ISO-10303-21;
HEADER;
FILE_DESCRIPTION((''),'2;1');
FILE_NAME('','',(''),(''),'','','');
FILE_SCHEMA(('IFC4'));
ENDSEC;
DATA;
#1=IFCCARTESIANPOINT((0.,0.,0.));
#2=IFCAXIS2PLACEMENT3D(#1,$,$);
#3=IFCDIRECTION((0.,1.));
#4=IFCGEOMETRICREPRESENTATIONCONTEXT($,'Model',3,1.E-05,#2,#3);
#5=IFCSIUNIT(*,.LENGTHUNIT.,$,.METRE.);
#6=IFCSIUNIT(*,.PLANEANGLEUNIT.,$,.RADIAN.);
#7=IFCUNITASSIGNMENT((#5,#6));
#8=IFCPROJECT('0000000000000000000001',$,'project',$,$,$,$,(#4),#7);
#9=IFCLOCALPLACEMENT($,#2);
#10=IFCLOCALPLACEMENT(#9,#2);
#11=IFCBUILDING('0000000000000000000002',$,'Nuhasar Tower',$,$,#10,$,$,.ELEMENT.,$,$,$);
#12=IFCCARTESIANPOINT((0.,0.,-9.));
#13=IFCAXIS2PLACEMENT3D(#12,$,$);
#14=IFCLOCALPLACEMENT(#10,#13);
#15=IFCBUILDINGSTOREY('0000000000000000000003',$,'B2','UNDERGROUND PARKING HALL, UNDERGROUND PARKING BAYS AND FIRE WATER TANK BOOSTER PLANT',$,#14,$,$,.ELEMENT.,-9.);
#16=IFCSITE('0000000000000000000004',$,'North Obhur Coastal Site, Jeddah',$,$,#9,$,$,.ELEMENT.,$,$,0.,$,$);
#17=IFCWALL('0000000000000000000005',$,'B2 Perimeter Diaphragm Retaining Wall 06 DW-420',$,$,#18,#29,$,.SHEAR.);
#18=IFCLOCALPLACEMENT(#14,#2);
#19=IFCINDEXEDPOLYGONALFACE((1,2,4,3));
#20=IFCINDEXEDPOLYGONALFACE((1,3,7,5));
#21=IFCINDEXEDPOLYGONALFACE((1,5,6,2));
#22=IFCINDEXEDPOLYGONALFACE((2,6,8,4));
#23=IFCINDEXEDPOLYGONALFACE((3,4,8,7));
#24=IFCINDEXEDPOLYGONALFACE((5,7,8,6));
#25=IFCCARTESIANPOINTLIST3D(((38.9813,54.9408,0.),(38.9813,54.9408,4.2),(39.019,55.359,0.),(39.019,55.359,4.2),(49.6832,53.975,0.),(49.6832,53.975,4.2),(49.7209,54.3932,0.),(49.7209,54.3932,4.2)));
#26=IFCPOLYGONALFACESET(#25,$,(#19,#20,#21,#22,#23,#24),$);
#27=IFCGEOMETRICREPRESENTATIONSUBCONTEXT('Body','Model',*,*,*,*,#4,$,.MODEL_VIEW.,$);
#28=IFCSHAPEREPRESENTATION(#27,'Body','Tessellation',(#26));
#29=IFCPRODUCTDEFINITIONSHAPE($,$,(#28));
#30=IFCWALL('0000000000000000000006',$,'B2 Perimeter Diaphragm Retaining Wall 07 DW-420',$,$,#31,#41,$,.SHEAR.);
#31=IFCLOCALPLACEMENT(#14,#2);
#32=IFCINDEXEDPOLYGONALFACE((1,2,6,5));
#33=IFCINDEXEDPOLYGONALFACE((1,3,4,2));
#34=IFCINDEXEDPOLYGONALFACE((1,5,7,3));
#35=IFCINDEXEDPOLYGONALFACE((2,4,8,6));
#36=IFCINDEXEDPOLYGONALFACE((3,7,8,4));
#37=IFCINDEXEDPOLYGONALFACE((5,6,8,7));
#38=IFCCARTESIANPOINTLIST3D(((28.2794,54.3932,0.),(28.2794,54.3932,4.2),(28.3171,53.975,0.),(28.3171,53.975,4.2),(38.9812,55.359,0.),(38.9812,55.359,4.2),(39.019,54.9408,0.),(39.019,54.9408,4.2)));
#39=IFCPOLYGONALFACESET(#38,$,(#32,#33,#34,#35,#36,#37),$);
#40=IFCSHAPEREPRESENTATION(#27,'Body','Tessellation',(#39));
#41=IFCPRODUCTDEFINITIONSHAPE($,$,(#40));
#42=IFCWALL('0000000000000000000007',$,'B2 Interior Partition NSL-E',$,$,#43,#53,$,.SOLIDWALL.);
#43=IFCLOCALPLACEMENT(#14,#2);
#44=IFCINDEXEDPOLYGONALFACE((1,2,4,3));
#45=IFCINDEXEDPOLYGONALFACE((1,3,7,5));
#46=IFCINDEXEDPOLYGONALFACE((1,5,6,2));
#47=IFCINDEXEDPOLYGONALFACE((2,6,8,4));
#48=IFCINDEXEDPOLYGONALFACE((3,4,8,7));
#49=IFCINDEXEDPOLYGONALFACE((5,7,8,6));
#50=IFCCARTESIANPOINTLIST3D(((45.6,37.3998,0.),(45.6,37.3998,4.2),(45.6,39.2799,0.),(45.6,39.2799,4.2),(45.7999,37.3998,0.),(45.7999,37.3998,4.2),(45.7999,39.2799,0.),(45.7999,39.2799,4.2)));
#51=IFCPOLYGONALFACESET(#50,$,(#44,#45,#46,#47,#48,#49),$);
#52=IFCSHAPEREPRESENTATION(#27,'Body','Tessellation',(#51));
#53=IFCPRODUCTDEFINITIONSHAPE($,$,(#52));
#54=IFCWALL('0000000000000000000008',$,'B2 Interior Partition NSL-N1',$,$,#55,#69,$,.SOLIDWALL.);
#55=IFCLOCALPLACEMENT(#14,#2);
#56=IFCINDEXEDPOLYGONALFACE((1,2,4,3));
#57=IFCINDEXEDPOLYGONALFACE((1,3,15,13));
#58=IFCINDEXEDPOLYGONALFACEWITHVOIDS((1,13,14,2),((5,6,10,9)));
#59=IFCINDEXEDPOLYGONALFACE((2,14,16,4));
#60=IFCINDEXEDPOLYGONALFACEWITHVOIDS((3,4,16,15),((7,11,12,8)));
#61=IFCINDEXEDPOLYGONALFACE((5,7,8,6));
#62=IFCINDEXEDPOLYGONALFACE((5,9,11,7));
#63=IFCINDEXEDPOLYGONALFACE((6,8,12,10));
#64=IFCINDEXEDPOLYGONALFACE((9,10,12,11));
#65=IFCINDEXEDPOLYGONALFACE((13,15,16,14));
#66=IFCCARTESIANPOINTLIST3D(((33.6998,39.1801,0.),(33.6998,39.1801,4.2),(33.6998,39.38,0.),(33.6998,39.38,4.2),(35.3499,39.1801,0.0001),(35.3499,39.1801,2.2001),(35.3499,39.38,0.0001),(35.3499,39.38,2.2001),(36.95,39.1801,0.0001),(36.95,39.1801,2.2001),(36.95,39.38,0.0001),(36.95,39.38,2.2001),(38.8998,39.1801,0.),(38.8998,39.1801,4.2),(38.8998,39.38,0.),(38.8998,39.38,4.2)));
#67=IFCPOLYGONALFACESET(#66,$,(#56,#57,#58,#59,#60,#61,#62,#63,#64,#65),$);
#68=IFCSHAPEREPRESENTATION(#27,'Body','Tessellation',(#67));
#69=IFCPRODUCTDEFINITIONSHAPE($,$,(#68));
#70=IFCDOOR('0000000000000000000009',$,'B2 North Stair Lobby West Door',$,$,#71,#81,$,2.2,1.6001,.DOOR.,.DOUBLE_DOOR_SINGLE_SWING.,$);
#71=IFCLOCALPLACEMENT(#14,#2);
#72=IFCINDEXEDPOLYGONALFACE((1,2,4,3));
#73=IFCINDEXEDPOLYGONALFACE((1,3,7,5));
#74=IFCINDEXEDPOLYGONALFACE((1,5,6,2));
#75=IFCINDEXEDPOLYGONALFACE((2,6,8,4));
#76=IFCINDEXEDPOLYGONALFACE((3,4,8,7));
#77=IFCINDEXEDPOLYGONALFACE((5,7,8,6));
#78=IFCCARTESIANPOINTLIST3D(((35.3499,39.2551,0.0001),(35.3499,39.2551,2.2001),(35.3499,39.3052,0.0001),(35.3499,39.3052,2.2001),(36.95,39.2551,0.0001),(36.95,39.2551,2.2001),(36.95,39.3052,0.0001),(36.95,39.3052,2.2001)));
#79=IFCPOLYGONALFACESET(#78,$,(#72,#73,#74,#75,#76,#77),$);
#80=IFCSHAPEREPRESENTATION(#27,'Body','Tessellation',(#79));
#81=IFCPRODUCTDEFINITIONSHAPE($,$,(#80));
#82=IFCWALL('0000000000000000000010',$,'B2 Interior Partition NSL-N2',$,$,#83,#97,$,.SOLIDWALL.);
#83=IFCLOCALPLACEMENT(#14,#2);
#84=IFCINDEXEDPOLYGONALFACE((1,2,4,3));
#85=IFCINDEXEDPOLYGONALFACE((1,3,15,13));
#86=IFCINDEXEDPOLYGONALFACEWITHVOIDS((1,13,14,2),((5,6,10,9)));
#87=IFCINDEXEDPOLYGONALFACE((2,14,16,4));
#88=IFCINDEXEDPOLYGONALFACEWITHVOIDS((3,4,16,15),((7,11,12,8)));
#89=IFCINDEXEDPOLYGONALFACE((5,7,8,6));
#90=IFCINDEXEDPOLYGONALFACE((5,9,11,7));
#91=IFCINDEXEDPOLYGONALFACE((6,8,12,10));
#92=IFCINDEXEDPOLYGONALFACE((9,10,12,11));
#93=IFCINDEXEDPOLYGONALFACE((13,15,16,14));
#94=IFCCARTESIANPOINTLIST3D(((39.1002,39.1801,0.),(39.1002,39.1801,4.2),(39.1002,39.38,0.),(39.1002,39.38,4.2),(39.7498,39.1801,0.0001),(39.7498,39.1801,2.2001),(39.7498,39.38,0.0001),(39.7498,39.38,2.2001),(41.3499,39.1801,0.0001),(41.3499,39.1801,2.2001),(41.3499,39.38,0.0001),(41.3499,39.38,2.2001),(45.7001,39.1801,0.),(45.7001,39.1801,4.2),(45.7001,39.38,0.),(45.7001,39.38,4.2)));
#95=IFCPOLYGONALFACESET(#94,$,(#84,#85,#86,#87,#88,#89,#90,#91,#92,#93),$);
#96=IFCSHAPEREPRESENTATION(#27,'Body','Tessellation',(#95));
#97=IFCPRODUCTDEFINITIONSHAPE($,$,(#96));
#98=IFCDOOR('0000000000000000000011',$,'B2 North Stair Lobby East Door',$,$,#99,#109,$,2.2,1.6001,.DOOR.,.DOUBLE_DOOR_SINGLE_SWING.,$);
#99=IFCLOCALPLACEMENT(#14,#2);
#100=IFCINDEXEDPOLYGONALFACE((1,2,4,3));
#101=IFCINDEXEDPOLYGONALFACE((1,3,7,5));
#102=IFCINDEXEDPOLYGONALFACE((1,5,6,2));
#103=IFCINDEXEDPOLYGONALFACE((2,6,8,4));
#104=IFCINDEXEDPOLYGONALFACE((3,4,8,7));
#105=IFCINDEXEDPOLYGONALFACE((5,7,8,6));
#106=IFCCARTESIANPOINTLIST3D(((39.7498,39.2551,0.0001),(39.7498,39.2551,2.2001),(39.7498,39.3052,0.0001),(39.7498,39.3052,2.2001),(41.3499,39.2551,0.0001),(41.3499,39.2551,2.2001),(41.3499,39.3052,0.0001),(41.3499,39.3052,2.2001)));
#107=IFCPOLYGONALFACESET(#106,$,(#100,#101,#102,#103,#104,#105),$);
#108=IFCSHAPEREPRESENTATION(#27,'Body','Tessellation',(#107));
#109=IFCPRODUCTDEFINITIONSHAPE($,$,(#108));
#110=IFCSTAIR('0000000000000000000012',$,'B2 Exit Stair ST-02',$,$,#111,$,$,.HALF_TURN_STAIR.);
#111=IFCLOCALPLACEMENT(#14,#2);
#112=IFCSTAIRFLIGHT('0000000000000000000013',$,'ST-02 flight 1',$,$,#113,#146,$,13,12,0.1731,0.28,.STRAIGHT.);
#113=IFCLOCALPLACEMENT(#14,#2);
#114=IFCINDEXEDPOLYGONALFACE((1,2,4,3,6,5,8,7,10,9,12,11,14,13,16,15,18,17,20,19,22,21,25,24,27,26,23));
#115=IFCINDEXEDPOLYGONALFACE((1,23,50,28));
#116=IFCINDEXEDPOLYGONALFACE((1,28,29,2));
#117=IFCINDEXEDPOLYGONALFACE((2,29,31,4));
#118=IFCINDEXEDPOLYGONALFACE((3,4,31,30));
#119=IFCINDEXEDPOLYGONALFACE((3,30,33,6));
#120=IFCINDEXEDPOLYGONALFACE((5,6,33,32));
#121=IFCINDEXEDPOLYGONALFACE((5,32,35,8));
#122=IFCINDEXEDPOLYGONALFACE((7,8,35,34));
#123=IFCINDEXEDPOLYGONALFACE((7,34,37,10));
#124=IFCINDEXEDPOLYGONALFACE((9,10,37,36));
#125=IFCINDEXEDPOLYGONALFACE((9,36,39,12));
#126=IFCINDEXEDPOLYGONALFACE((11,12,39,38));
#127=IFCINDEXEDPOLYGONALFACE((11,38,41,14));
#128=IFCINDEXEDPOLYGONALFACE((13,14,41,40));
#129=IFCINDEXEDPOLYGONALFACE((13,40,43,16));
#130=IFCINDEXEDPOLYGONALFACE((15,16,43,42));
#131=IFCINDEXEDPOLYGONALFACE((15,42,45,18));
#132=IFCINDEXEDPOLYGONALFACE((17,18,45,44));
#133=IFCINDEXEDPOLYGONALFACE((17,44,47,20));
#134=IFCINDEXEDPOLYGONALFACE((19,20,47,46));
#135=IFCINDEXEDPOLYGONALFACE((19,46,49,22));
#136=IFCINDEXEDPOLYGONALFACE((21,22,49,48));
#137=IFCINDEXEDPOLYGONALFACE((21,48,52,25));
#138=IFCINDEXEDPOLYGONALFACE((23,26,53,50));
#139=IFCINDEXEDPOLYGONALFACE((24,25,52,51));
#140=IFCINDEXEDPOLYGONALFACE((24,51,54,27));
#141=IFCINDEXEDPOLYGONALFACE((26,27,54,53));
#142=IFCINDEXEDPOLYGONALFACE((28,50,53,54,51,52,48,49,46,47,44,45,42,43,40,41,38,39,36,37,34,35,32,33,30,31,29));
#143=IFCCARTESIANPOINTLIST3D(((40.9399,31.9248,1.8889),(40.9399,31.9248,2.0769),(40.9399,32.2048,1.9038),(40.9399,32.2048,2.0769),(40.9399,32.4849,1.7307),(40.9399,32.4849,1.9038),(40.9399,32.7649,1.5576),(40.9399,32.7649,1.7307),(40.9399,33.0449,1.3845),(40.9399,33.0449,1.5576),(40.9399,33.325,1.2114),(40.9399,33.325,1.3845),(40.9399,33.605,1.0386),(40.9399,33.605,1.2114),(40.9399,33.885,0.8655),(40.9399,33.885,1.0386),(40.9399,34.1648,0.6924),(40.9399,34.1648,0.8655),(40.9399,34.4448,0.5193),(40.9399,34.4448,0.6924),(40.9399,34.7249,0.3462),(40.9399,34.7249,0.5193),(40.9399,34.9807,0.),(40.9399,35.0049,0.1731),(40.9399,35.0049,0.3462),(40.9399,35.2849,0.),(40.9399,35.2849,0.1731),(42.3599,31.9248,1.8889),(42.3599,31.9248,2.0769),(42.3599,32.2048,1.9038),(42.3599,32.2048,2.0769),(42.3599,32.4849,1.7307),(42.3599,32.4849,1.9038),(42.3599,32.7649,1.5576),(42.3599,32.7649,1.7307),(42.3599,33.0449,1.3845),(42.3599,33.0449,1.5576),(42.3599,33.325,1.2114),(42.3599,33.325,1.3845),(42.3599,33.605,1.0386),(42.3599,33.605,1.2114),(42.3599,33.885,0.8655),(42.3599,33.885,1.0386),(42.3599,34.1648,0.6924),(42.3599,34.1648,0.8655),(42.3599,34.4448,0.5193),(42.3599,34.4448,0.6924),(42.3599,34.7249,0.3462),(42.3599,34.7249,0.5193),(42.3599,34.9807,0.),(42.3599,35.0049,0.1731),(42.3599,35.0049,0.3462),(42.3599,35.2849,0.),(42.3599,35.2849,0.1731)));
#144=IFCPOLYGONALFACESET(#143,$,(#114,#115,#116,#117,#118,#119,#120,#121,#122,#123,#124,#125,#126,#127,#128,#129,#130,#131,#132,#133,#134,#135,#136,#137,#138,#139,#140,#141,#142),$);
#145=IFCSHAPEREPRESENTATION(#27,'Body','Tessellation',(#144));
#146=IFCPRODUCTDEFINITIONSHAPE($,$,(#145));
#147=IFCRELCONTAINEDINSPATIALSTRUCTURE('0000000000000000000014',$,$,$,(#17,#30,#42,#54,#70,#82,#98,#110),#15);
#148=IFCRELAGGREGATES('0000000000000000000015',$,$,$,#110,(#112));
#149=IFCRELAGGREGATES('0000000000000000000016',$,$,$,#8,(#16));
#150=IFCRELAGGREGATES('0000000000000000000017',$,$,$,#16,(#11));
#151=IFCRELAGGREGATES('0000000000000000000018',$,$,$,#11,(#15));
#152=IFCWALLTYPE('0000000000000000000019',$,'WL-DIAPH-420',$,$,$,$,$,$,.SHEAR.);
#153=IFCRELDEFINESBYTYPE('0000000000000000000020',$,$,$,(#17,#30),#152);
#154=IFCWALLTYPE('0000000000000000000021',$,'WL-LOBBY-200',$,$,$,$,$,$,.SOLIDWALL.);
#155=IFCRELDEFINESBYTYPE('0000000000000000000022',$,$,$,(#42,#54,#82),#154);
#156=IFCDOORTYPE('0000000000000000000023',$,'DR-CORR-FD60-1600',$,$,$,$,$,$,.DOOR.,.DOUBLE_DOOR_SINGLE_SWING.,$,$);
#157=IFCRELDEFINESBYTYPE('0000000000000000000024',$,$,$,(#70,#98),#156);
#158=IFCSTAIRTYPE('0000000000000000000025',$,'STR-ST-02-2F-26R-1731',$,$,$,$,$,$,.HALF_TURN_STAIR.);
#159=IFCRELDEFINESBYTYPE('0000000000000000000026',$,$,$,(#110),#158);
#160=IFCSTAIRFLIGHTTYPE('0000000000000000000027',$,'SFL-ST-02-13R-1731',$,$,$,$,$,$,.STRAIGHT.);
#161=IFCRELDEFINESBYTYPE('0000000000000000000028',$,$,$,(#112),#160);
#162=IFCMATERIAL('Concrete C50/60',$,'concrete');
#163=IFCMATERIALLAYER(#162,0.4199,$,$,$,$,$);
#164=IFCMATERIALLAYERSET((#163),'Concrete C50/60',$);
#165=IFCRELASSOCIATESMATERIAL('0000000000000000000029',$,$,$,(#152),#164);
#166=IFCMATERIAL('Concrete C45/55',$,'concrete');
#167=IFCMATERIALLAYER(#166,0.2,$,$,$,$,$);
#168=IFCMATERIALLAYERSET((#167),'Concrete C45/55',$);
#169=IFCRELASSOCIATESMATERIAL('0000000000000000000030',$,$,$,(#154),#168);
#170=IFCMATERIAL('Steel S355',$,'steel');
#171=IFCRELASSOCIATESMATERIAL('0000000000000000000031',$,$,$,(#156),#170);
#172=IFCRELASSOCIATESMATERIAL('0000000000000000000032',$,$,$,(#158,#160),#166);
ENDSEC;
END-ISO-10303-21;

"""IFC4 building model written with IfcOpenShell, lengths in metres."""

from ifc_helpers import new_model, si_unit, direction, frame, frame_2d, origin, place, context, subcontext, project, spatial, polyline, rectangle, outline, extrude, material, layer, layer_set, type_object, element, fill, aggregate, save


model = new_model("IFC4")

# Units and contexts
model_context = context("Model", 3, precision=1e-05, world=origin(), true_north=direction((0.0, 1.0)))
body_context = subcontext(model_context, "Body", "Model", "MODEL_VIEW")
ifc_project = project(units=[si_unit("LENGTHUNIT", "METRE"), si_unit("PLANEANGLEUNIT", "RADIAN")], contexts=[model_context])

# Site, building, storey
site_placement = place(None, origin())
site = spatial("IfcSite", under=ifc_project, at=site_placement, Name="North Obhur Coastal Site, Jeddah", CompositionType="ELEMENT", RefElevation=0.0)
building_placement = place(site_placement, origin())
building = spatial("IfcBuilding", under=site, at=building_placement, Name="Nuhasar Tower", CompositionType="ELEMENT")
storey_placement = place(building_placement, frame((0.0, 0.0, -9.0)))
storey = spatial("IfcBuildingStorey", under=building, at=storey_placement, Name="B2", Description="UNDERGROUND PARKING HALL, UNDERGROUND PARKING BAYS AND FIRE WATER TANK BOOSTER PLANT", CompositionType="ELEMENT", Elevation=-9.0)

# Shared definitions
ifc_material_1 = material(Name="Concrete C50/60", Category="concrete")

# Shared definitions
ifc_material_2 = material(Name="Steel S355", Category="steel")

# Walls
ifc_layer_1 = layer(ifc_material_1, 0.4199)
ifc_layer_set_1 = layer_set([ifc_layer_1], Name="Concrete C50/60")
wall_type_1 = type_object("IfcWallType", Name="WL-DIAPH-420", PredefinedType="SHEAR", material=ifc_layer_set_1)
for number, where, z_axis, x_axis, name in (
    (1, (49.7019, 54.1841, 0.0), (0.0, 0.0, 1.0), (-0.995952, 0.089882, 0.0), "B2 Perimeter Diaphragm Retaining Wall 06 DW-420"),
    (2, (39.0, 55.1499, 0.0), (0.0, 0.0, 1.0), (-0.995952, -0.089882, 0.0), "B2 Perimeter Diaphragm Retaining Wall 07 DW-420"),
):
    element("IfcWall", number, at=place(storey_placement, frame(where, z_axis=z_axis, x_axis=x_axis)), inside=storey, type_object=wall_type_1, Name=name, PredefinedType="SHEAR", context=body_context, shape_type="SweptSolid", body=[
        extrude(rectangle(XDim=10.7454, YDim=0.4199, at=frame_2d((5.3726, 0.0))), origin(), (0.0, 0.0, 1.0), 4.2),
    ])
ifc_material_3 = material(Name="Concrete C45/55", Category="concrete")
ifc_layer_2 = layer(ifc_material_3, 0.2)
ifc_layer_set_2 = layer_set([ifc_layer_2], Name="Concrete C45/55")
wall_type_2 = type_object("IfcWallType", Name="WL-LOBBY-200", PredefinedType="SOLIDWALL", material=ifc_layer_set_2)
wall_1_placement = place(storey_placement, frame((45.7, 37.3999, 0.0), z_axis=(0.0, 0.0, 1.0), x_axis=(0.0, 1.0, 0.0)))
element("IfcWall", 3, at=wall_1_placement, inside=storey, type_object=wall_type_2, Name="B2 Interior Partition NSL-E", PredefinedType="SOLIDWALL", context=body_context, shape_type="SweptSolid", body=[
    extrude(rectangle(XDim=1.8801, YDim=0.2, at=frame_2d((0.9399, 0.0))), origin(), (0.0, 0.0, 1.0), 4.2),
])

# Walls, openings, doors
wall_2_placement = place(storey_placement, frame((38.8999, 39.28, 0.0), z_axis=(0.0, 0.0, 1.0), x_axis=(-1.0, 0.0, 0.0)))
wall_2 = element("IfcWall", 4, at=wall_2_placement, inside=storey, type_object=wall_type_2, Name="B2 Interior Partition NSL-N1", PredefinedType="SOLIDWALL", context=body_context, shape_type="SweptSolid", body=[
    extrude(rectangle(XDim=5.2, YDim=0.2, at=frame_2d((2.6001, 0.0))), origin(), (0.0, 0.0, 1.0), 4.2),
])
opening_1_placement = place(wall_2_placement, frame((1.95, 0.0, 0.0)))
opening_1 = element("IfcOpeningElement", 5, at=opening_1_placement, cuts=wall_2, PredefinedType="OPENING", context=body_context, shape_type="SweptSolid", body=[
    extrude(rectangle(XDim=1.6001, YDim=2.2, at=frame_2d((0.8, 1.1001))), frame((0.0, 0.1099, 0.0), z_axis=(0.0, -1.0, 0.0), x_axis=(1.0, 0.0, 0.0)), (0.0, 0.0, 1.0), 0.22),
])
door_type_1 = type_object("IfcDoorType", Name="DR-CORR-FD60-1600", OperationType="DOUBLE_DOOR_SINGLE_SWING", PredefinedType="DOOR", material=ifc_material_2)
door_1_placement = place(opening_1_placement, origin())
door_1 = element("IfcDoor", 6, at=door_1_placement, inside=storey, type_object=door_type_1, Name="B2 North Stair Lobby West Door", OperationType="DOUBLE_DOOR_SINGLE_SWING", OverallHeight=2.2, OverallWidth=1.6001, PredefinedType="DOOR", context=body_context, shape_type="SweptSolid", body=[
    extrude(rectangle(XDim=1.6001, YDim=2.2, at=frame_2d((0.8, 1.1001))), frame((0.0, 0.0249, 0.0), z_axis=(0.0, -1.0, 0.0), x_axis=(1.0, 0.0, 0.0)), (0.0, 0.0, 1.0), 0.05),
])
fill(opening_1, door_1)
wall_3_placement = place(storey_placement, frame((45.7, 39.28, 0.0), z_axis=(0.0, 0.0, 1.0), x_axis=(-1.0, 0.0, 0.0)))
wall_3 = element("IfcWall", 7, at=wall_3_placement, inside=storey, type_object=wall_type_2, Name="B2 Interior Partition NSL-N2", PredefinedType="SOLIDWALL", context=body_context, shape_type="SweptSolid", body=[
    extrude(rectangle(XDim=6.5999, YDim=0.2, at=frame_2d((3.2998, 0.0))), origin(), (0.0, 0.0, 1.0), 4.2),
])
opening_2_placement = place(wall_3_placement, frame((4.3501, 0.0, 0.0)))
opening_2 = element("IfcOpeningElement", 8, at=opening_2_placement, cuts=wall_3, PredefinedType="OPENING", context=body_context, shape_type="SweptSolid", body=[
    extrude(rectangle(XDim=1.6001, YDim=2.2, at=frame_2d((0.8, 1.1001))), frame((0.0, 0.1099, 0.0), z_axis=(0.0, -1.0, 0.0), x_axis=(1.0, 0.0, 0.0)), (0.0, 0.0, 1.0), 0.22),
])
door_2_placement = place(opening_2_placement, origin())
door_2 = element("IfcDoor", 9, at=door_2_placement, inside=storey, type_object=door_type_1, Name="B2 North Stair Lobby East Door", OperationType="DOUBLE_DOOR_SINGLE_SWING", OverallHeight=2.2, OverallWidth=1.6001, PredefinedType="DOOR", context=body_context, shape_type="SweptSolid", body=[
    extrude(rectangle(XDim=1.6001, YDim=2.2, at=frame_2d((0.8, 1.1001))), frame((0.0, 0.0249, 0.0), z_axis=(0.0, -1.0, 0.0), x_axis=(1.0, 0.0, 0.0)), (0.0, 0.0, 1.0), 0.05),
])
fill(opening_2, door_2)

# Stair, stair flight
stair_type = type_object("IfcStairType", Name="STR-ST-02-2F-26R-1731", PredefinedType="HALF_TURN_STAIR", material=ifc_material_3)
stair_placement = place(storey_placement, origin())
stair = element("IfcStair", 10, at=stair_placement, inside=storey, type_object=stair_type, Name="B2 Exit Stair ST-02", PredefinedType="HALF_TURN_STAIR")
stair_flight_type = type_object("IfcStairFlightType", Name="SFL-ST-02-13R-1731", PredefinedType="STRAIGHT", material=ifc_material_3)
stair_flight_placement = place(storey_placement, frame((41.6499, 35.2849, 0.0), z_axis=(0.0, 0.0, 1.0), x_axis=(0.0, -1.0, 0.0)))
stair_flight = element("IfcStairFlight", 11, at=stair_flight_placement, type_object=stair_flight_type, Name="ST-02 flight 1", NumberOfRisers=13, NumberOfTreads=12, PredefinedType="STRAIGHT", RiserHeight=0.1731, TreadLength=0.28, context=body_context, shape_type="SweptSolid", body=[
    extrude(outline(polyline([(0.0, 0.0), (0.0, 0.1731), (0.28, 0.1731), (0.28, 0.3462), (0.5601, 0.3462), (0.5601, 0.5193), (0.8401, 0.5193), (0.8401, 0.6924), (1.1201, 0.6924), (1.1201, 0.8655), (1.3999, 0.8655), (1.3999, 1.0386), (1.6799, 1.0386), (1.6799, 1.2114), (1.96, 1.2114), (1.96, 1.3845), (2.24, 1.3845), (2.24, 1.5576), (2.52, 1.5576), (2.52, 1.7307), (2.8, 1.7307), (2.8, 1.9038), (3.0801, 1.9038), (3.0801, 2.0769), (3.3601, 2.0769), (3.3601, 2.25), (3.3601, 1.8889), (0.3042, 0.0), (0.0, 0.0)])), frame((0.0, 0.71, 0.0), z_axis=(0.0, -1.0, 0.0), x_axis=(1.0, 0.0, 0.0)), (0.0, 0.0, 1.0), 1.4199),
])
aggregate(stair, [stair_flight])

save(model, "model.ifc")
